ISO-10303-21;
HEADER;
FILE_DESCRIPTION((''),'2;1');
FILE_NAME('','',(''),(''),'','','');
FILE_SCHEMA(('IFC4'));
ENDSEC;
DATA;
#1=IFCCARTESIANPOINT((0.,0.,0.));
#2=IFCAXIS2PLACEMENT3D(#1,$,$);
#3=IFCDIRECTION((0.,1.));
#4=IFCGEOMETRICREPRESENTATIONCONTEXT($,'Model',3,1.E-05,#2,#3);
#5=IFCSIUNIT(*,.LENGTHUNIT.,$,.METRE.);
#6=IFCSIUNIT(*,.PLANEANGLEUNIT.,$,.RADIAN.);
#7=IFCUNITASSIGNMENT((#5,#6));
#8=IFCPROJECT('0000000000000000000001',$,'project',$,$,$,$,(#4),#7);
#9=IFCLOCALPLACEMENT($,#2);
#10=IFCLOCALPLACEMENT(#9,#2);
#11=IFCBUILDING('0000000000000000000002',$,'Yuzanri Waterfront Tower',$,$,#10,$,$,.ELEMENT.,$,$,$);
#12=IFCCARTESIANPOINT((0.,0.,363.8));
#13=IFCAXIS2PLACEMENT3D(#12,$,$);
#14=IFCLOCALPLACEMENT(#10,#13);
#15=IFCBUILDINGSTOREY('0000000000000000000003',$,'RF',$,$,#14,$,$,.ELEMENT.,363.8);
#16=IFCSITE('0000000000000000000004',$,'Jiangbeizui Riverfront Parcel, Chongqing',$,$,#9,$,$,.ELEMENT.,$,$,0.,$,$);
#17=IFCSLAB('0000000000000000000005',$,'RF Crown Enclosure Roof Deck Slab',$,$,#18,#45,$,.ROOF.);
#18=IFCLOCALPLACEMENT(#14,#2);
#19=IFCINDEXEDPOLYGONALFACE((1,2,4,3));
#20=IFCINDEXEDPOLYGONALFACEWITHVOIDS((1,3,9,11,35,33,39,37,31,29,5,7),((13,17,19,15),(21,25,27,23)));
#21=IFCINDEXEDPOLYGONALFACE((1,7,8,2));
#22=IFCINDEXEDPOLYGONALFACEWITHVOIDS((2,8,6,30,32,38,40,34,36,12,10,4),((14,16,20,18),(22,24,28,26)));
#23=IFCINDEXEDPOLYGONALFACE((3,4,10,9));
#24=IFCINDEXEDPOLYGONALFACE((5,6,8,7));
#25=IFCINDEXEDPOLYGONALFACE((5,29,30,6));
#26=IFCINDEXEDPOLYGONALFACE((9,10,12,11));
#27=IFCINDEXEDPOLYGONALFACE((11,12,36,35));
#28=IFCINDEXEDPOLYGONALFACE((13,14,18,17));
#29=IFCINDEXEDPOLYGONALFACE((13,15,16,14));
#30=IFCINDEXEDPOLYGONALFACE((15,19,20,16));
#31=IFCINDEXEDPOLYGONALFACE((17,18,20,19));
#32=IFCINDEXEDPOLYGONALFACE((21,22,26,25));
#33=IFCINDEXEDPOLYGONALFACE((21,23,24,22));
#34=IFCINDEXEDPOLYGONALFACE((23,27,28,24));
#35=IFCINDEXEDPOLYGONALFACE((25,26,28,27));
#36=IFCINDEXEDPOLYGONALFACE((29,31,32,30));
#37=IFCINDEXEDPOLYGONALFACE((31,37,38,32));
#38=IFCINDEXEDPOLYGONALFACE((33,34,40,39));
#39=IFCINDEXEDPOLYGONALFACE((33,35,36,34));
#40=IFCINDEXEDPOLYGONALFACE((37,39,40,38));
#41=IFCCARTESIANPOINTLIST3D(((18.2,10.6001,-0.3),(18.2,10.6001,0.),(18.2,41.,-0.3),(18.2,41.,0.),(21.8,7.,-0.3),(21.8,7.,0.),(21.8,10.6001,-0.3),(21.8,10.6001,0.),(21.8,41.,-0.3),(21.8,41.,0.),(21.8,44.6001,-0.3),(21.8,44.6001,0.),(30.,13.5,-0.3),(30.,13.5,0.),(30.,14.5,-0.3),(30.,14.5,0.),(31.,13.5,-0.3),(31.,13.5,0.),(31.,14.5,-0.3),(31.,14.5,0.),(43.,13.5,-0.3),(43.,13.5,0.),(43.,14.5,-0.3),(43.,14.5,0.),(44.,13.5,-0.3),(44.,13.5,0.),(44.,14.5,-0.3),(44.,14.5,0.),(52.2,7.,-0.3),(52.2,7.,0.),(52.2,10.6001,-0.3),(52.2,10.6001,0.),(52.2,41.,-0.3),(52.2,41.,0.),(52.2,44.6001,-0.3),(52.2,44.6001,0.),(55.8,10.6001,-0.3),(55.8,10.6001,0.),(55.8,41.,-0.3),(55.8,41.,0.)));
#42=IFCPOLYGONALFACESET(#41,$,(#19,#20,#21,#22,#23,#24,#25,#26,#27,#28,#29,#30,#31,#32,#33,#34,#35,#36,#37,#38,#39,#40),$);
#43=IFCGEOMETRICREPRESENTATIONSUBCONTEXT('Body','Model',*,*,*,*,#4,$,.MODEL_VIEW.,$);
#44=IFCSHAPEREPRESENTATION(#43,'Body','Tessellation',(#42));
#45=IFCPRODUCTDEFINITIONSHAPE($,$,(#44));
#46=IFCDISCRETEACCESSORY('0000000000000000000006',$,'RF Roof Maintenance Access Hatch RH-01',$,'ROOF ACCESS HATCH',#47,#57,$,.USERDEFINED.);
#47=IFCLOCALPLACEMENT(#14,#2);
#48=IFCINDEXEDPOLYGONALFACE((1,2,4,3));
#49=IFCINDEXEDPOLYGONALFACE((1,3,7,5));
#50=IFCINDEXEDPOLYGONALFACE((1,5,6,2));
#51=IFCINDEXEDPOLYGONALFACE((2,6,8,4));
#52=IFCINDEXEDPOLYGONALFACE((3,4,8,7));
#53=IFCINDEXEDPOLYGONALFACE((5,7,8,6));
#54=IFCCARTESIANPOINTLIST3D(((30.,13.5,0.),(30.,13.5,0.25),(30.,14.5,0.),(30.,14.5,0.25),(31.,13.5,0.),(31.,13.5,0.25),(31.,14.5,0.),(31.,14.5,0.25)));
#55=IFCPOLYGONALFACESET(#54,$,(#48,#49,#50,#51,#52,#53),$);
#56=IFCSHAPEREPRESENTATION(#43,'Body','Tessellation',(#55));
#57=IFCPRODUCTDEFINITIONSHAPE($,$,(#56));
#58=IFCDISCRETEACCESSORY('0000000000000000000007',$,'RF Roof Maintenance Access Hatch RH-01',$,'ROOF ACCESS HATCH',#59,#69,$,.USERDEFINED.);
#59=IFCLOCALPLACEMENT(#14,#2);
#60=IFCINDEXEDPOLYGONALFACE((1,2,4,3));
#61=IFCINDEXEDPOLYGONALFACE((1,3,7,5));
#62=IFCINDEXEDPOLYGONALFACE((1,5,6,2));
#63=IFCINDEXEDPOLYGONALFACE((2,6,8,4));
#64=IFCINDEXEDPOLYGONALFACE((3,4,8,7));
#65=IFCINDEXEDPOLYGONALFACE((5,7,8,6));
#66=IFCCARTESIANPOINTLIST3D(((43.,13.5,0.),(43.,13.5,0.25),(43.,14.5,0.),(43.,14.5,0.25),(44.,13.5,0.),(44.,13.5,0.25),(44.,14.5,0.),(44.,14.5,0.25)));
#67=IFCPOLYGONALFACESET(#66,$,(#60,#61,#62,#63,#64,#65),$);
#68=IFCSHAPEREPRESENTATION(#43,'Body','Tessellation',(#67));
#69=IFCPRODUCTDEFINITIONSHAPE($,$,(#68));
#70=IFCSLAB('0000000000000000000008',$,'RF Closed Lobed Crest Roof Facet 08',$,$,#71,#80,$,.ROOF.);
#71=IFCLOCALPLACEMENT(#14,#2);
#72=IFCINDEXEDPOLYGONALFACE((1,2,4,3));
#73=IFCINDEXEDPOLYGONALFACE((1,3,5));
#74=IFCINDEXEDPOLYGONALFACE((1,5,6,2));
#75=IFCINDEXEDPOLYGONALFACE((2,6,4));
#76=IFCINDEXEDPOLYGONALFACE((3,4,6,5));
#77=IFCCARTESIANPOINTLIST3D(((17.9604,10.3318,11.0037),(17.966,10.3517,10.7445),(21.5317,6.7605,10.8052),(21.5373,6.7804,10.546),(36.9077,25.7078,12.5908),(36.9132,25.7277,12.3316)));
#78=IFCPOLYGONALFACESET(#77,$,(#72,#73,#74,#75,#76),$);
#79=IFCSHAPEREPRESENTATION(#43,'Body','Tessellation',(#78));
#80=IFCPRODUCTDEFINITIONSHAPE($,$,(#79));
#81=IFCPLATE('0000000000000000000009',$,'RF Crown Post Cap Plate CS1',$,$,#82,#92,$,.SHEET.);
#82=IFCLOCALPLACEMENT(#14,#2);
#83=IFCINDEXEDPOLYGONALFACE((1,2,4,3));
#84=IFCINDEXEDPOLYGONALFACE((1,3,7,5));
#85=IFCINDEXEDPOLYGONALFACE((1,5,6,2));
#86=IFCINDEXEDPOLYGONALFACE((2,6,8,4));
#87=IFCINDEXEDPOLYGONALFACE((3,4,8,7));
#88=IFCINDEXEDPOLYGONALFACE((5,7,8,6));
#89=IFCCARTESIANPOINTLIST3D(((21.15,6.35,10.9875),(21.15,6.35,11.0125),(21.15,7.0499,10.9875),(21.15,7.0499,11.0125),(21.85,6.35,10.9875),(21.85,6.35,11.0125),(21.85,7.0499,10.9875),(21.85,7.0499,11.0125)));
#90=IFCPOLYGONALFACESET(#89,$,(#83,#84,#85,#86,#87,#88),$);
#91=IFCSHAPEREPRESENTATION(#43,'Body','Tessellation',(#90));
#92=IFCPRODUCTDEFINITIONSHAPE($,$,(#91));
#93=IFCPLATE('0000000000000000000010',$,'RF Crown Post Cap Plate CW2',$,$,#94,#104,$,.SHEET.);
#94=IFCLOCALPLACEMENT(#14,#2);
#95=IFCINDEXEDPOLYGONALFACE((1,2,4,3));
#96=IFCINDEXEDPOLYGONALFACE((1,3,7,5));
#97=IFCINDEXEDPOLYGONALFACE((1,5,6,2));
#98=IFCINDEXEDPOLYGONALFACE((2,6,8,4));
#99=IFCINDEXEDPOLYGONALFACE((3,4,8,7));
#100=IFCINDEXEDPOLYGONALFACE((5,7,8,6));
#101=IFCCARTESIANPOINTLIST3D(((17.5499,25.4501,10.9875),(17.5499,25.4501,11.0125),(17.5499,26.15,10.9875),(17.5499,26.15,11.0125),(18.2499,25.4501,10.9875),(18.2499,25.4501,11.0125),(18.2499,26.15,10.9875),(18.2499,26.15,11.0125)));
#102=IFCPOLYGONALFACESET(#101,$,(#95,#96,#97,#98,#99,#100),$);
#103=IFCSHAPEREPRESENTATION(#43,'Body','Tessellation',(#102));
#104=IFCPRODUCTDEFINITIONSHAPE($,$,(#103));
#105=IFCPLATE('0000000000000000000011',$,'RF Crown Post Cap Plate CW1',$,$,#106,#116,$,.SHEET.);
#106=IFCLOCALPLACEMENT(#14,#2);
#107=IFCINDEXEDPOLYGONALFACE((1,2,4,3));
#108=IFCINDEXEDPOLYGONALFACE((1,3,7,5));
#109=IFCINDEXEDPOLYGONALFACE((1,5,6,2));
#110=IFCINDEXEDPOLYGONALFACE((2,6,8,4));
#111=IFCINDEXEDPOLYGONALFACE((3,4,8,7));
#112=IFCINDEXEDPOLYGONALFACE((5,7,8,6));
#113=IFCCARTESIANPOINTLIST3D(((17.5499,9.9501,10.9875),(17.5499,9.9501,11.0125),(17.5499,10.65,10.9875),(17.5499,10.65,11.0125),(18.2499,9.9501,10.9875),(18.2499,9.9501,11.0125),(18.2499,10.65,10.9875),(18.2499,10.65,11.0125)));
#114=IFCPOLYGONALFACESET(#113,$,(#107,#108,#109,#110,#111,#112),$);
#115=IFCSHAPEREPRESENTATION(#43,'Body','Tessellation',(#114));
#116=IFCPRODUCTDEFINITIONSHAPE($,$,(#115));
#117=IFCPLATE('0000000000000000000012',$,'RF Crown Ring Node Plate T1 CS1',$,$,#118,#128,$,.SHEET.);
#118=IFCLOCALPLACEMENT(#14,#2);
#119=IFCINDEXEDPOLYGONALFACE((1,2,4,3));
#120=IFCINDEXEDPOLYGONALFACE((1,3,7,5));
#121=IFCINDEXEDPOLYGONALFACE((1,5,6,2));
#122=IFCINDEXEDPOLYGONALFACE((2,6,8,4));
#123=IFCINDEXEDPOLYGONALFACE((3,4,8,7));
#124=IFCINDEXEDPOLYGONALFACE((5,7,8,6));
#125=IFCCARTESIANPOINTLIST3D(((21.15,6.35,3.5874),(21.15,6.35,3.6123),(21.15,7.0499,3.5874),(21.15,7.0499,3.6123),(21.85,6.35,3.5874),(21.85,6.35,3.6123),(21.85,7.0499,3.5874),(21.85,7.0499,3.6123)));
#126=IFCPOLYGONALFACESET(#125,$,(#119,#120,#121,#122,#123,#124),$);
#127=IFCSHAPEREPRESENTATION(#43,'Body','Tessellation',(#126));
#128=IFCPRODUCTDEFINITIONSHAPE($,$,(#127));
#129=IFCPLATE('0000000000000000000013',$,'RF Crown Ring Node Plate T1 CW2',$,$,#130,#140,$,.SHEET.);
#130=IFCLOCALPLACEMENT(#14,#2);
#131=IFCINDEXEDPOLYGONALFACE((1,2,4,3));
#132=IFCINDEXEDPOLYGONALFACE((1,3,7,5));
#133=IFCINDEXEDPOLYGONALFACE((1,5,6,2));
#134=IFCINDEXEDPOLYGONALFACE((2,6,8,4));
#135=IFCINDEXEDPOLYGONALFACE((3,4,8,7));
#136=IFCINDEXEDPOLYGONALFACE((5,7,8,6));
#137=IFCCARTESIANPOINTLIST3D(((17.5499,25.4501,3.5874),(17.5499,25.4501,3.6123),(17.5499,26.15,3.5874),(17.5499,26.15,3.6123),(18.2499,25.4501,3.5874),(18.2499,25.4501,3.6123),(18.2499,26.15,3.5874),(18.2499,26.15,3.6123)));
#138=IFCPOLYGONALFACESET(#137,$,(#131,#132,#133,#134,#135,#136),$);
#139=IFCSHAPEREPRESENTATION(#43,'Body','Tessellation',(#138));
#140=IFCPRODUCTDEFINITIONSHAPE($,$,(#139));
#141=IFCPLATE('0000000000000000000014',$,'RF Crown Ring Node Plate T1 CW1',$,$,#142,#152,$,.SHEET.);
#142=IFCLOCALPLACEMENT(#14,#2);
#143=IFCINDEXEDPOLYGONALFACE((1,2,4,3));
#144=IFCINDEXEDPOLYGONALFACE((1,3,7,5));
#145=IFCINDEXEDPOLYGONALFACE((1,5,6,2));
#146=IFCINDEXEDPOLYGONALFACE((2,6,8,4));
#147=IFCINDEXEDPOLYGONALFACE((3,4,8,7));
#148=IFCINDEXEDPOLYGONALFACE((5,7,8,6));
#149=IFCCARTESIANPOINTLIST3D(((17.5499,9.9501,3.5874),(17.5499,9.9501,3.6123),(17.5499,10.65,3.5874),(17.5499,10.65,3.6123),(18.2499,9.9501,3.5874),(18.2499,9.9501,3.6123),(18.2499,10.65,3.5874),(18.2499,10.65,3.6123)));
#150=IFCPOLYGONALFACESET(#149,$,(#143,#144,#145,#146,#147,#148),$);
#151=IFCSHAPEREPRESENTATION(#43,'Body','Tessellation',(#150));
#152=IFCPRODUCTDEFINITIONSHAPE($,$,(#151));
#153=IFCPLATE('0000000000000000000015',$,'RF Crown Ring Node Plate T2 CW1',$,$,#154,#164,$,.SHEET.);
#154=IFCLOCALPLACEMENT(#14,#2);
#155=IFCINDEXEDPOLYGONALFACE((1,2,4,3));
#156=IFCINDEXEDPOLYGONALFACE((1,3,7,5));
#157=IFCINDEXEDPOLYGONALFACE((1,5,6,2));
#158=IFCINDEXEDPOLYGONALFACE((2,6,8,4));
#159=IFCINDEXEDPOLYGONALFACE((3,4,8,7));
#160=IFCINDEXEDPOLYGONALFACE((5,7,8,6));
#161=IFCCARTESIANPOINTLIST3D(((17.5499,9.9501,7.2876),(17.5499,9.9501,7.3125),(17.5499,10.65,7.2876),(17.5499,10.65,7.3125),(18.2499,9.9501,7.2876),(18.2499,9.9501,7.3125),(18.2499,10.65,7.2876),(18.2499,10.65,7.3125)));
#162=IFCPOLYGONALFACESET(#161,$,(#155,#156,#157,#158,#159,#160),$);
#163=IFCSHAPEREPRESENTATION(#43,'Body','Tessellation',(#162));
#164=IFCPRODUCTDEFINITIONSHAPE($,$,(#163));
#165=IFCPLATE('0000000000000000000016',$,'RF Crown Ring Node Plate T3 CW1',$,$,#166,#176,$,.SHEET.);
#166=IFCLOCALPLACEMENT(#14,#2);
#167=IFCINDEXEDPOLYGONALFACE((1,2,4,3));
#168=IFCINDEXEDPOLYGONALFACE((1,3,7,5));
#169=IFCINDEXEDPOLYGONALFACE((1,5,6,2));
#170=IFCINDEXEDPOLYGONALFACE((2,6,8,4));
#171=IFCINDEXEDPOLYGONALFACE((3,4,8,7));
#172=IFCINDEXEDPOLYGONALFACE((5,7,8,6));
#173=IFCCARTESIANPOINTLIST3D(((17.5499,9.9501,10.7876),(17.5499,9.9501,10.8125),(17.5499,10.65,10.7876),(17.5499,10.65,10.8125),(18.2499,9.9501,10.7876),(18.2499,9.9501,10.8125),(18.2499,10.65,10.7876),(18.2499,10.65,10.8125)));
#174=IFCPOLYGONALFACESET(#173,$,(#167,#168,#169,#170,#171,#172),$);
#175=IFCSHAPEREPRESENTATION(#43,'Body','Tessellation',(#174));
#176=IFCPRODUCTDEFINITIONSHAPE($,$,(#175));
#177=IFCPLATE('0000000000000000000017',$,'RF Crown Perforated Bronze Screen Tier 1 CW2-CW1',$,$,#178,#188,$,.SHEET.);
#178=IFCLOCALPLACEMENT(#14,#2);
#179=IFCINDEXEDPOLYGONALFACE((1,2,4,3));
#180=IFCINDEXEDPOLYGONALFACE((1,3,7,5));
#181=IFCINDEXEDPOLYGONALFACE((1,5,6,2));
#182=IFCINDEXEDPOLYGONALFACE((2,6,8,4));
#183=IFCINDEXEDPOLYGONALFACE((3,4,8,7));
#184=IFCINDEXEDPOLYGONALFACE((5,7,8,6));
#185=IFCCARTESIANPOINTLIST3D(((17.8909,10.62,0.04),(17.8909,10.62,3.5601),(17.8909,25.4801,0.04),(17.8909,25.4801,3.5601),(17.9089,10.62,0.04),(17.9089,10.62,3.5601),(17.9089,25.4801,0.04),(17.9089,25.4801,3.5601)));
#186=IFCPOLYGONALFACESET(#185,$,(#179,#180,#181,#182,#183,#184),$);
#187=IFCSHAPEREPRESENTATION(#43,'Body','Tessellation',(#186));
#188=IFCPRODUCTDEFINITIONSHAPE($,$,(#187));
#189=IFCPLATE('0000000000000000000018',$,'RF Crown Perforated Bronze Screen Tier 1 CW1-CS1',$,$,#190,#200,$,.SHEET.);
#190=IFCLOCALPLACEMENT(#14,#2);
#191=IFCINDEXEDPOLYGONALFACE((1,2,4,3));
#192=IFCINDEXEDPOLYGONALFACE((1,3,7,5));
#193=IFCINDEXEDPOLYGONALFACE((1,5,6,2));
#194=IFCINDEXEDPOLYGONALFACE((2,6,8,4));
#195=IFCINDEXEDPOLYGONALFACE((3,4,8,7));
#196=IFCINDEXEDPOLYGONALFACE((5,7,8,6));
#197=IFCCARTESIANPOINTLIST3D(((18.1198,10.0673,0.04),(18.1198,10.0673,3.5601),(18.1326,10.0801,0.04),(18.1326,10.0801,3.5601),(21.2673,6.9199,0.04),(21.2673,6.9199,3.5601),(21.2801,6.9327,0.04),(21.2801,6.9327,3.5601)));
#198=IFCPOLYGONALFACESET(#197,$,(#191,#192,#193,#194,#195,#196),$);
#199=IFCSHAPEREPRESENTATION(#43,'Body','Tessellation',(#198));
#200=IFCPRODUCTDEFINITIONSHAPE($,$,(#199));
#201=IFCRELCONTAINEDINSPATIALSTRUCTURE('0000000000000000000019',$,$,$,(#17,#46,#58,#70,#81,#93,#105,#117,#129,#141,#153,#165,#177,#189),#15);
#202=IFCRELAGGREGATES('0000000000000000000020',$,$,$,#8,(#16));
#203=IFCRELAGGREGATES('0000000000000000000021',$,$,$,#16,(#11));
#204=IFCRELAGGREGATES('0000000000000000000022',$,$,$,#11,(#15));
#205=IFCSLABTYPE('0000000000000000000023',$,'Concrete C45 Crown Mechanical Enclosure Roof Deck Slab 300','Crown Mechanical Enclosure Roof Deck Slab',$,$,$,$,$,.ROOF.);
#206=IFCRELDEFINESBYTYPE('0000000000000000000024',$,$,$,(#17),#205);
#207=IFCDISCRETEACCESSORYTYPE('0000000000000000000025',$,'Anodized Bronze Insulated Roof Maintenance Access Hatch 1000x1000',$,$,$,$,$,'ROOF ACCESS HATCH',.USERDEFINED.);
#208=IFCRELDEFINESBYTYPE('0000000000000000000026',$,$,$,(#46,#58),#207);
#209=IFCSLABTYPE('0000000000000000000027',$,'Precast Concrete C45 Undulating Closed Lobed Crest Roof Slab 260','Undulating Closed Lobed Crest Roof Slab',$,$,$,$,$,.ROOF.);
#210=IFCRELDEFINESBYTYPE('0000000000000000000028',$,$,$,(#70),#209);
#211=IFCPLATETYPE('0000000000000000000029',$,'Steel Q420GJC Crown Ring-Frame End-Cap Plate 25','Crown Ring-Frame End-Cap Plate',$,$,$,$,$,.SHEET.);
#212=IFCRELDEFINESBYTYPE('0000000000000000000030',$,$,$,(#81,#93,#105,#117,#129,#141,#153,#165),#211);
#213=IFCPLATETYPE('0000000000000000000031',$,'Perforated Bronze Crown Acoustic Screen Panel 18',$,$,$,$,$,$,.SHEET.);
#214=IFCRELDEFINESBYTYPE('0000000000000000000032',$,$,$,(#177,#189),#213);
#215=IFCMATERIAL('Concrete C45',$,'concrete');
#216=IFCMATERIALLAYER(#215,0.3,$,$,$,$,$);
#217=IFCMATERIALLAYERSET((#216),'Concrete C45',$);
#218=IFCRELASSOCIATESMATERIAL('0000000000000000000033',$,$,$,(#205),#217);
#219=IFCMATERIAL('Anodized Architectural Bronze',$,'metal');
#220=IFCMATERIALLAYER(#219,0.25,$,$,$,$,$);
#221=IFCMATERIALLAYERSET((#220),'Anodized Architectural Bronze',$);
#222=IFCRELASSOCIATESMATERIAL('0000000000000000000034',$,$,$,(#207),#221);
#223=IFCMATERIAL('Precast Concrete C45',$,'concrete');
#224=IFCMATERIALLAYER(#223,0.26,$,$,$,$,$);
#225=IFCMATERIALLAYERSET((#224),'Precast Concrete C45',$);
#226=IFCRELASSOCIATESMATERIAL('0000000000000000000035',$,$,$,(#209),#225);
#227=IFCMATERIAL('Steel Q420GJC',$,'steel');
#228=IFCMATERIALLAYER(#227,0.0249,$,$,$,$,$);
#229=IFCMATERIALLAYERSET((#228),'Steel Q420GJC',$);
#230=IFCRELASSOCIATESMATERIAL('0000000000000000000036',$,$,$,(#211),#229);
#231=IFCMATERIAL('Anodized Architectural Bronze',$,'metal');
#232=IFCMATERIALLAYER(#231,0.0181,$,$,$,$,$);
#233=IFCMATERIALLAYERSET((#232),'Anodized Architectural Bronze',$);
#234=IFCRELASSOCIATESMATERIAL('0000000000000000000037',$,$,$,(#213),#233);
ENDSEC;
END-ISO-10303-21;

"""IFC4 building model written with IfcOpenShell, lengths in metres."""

from ifc_helpers import new_model, si_unit, direction, frame, origin, origin_2d, place, context, subcontext, project, spatial, polyline, rectangle, outline, extrude, source, transform, mapped, material, layer, layer_set, type_object, element, fill, save


model = new_model("IFC4")

# Units and contexts
model_context = context("Model", 3, precision=1e-05, world=origin(), true_north=direction((0.0, 1.0)))
body_context = subcontext(model_context, "Body", "Model", "MODEL_VIEW")
ifc_project = project(units=[si_unit("LENGTHUNIT", "METRE"), si_unit("PLANEANGLEUNIT", "RADIAN")], contexts=[model_context])

# Site, building, storey
site_placement = place(None, origin())
site = spatial("IfcSite", under=ifc_project, at=site_placement, Name="Jiangbeizui Riverfront Parcel, Chongqing", CompositionType="ELEMENT", RefElevation=0.0)
building_placement = place(site_placement, origin())
building = spatial("IfcBuilding", under=site, at=building_placement, Name="Yuzanri Waterfront Tower", CompositionType="ELEMENT")
storey_placement = place(building_placement, frame((0.0, 0.0, 363.8)))
storey = spatial("IfcBuildingStorey", under=building, at=storey_placement, Name="RF", CompositionType="ELEMENT", Elevation=363.8)

# Slab, openings, discrete accessories
ifc_material_1 = material(Name="Concrete C45", Category="concrete")
ifc_layer_1 = layer(ifc_material_1, 0.3)
ifc_layer_set_1 = layer_set([ifc_layer_1], Name="Concrete C45")
slab_type_1 = type_object("IfcSlabType", Name="Concrete C45 Crown Mechanical Enclosure Roof Deck Slab 300", Description="Crown Mechanical Enclosure Roof Deck Slab", PredefinedType="ROOF", material=ifc_layer_set_1)
slab_1_placement = place(storey_placement, frame((0.0, 0.0, -0.3)))
slab_1 = element("IfcSlab", 1, at=slab_1_placement, inside=storey, type_object=slab_type_1, Name="RF Crown Enclosure Roof Deck Slab", PredefinedType="ROOF", context=body_context, shape_type="SweptSolid", body=[
    extrude(outline(polyline([(21.8, 7.0), (52.2, 7.0), (52.2, 10.6001), (55.8, 10.6001), (55.8, 41.0), (52.2, 41.0), (52.2, 44.6001), (21.8, 44.6001), (21.8, 41.0), (18.2, 41.0), (18.2, 10.6001), (21.8, 10.6001), (21.8, 7.0)])), origin(), (0.0, 0.0, 1.0), 0.3),
])
opening_1_placement = place(slab_1_placement, frame((30.5, 14.0, 0.0)))
opening_1 = element("IfcOpeningElement", 2, at=opening_1_placement, cuts=slab_1, PredefinedType="OPENING", context=body_context, shape_type="SweptSolid", body=[
    extrude(rectangle(XDim=1.0, YDim=1.0, at=origin_2d()), frame((0.0, 0.0, -0.0149)), (0.0, 0.0, 1.0), 0.3298),
])
opening_2_placement = place(slab_1_placement, frame((43.5, 14.0, 0.0)))
opening_2 = element("IfcOpeningElement", 3, at=opening_2_placement, cuts=slab_1, PredefinedType="OPENING", context=body_context, shape_type="SweptSolid", body=[
    extrude(rectangle(XDim=1.0, YDim=1.0, at=origin_2d()), frame((0.0, 0.0, -0.0149)), (0.0, 0.0, 1.0), 0.3298),
])
ifc_material_2 = material(Name="Anodized Architectural Bronze", Category="metal")
ifc_layer_2 = layer(ifc_material_2, 0.25)
ifc_layer_set_2 = layer_set([ifc_layer_2], Name="Anodized Architectural Bronze")
discrete_accessory_type = type_object("IfcDiscreteAccessoryType", Name="Anodized Bronze Insulated Roof Maintenance Access Hatch 1000x1000", ElementType="ROOF ACCESS HATCH", PredefinedType="USERDEFINED", material=ifc_layer_set_2)
discrete_accessory_1_placement = place(opening_1_placement, frame((0.0, 0.0, 0.3)))
discrete_accessory_1 = element("IfcDiscreteAccessory", 4, at=discrete_accessory_1_placement, inside=storey, type_object=discrete_accessory_type, Name="RF Roof Maintenance Access Hatch RH-01", ObjectType="ROOF ACCESS HATCH", PredefinedType="USERDEFINED", context=body_context, shape_type="SweptSolid", body=[
    extrude(rectangle(XDim=1.0, YDim=1.0, at=origin_2d()), origin(), (0.0, 0.0, 1.0), 0.25),
])
fill(opening_1, discrete_accessory_1)
discrete_accessory_2_placement = place(opening_2_placement, frame((0.0, 0.0, 0.3)))
discrete_accessory_2 = element("IfcDiscreteAccessory", 5, at=discrete_accessory_2_placement, inside=storey, type_object=discrete_accessory_type, Name="RF Roof Maintenance Access Hatch RH-01", ObjectType="ROOF ACCESS HATCH", PredefinedType="USERDEFINED", context=body_context, shape_type="SweptSolid", body=[
    extrude(rectangle(XDim=1.0, YDim=1.0, at=origin_2d()), origin(), (0.0, 0.0, 1.0), 0.25),
])
fill(opening_2, discrete_accessory_2)

# Slab
ifc_material_3 = material(Name="Precast Concrete C45", Category="concrete")
ifc_layer_3 = layer(ifc_material_3, 0.26)
ifc_layer_set_3 = layer_set([ifc_layer_3], Name="Precast Concrete C45")
slab_type_2 = type_object("IfcSlabType", Name="Precast Concrete C45 Undulating Closed Lobed Crest Roof Slab 260", Description="Undulating Closed Lobed Crest Roof Slab", PredefinedType="ROOF", material=ifc_layer_set_3)
slab_2_placement = place(storey_placement, frame((17.9604, 10.3318, 11.0037), z_axis=(-0.021276, -0.076678, 0.996829), x_axis=(0.706561, -0.706561, -0.03927)))
element("IfcSlab", 6, at=slab_2_placement, inside=storey, type_object=slab_type_2, Name="RF Closed Lobed Crest Roof Facet 08", PredefinedType="ROOF", context=body_context, shape_type="SweptSolid", body=[
    extrude(outline(polyline([(0.0, 0.0), (5.0545, 0.0), (2.461, 24.3286), (0.0, 0.0)])), origin(), (0.0, 0.0, -1.0), 0.26),
])

# Plates
ifc_material_4 = material(Name="Steel Q420GJC", Category="steel")
ifc_layer_4 = layer(ifc_material_4, 0.0249)
ifc_layer_set_4 = layer_set([ifc_layer_4], Name="Steel Q420GJC")
plate_type_1 = type_object("IfcPlateType", Name="Steel Q420GJC Crown Ring-Frame End-Cap Plate 25", Description="Crown Ring-Frame End-Cap Plate", PredefinedType="SHEET", material=ifc_layer_set_4)
shared_shape_1 = source(origin(), body_context, "Body", "SweptSolid", [
    extrude(rectangle(XDim=0.7, YDim=0.7, at=origin_2d()), origin(), (0.0, 0.0, 1.0), 0.0249),
])
for number, where, z_axis, x_axis, name in (
    (7, (21.5, 6.7, 10.9875), (0.0, 0.0, 1.0), (1.0, 0.0, 0.0), "RF Crown Post Cap Plate CS1"),
    (8, (17.8999, 25.8, 10.9875), (0.0, 0.0, 1.0), (1.0, 0.0, 0.0), "RF Crown Post Cap Plate CW2"),
    (9, (17.8999, 10.3, 10.9875), (0.0, 0.0, 1.0), (1.0, 0.0, 0.0), "RF Crown Post Cap Plate CW1"),
    (10, (21.5, 6.7, 3.5874), (0.0, 0.0, 1.0), (1.0, 0.0, 0.0), "RF Crown Ring Node Plate T1 CS1"),
    (11, (17.8999, 25.8, 3.5874), (0.0, 0.0, 1.0), (1.0, 0.0, 0.0), "RF Crown Ring Node Plate T1 CW2"),
    (12, (17.8999, 10.3, 3.5874), (0.0, 0.0, 1.0), (1.0, 0.0, 0.0), "RF Crown Ring Node Plate T1 CW1"),
    (13, (17.8999, 10.3, 7.2876), (0.0, 0.0, 1.0), (1.0, 0.0, 0.0), "RF Crown Ring Node Plate T2 CW1"),
    (14, (17.8999, 10.3, 10.7876), (0.0, 0.0, 1.0), (1.0, 0.0, 0.0), "RF Crown Ring Node Plate T3 CW1"),
):
    element("IfcPlate", number, at=place(storey_placement, frame(where, z_axis=z_axis, x_axis=x_axis)), inside=storey, type_object=plate_type_1, Name=name, PredefinedType="SHEET", context=body_context, shape_type="MappedRepresentation", body=[
        mapped(shared_shape_1, transform((0.0, 0.0, 0.0), scale=1.0)),
    ])
ifc_material_5 = material(Name="Anodized Architectural Bronze", Category="metal")
ifc_layer_5 = layer(ifc_material_5, 0.0181)
ifc_layer_set_5 = layer_set([ifc_layer_5], Name="Anodized Architectural Bronze")
plate_type_2 = type_object("IfcPlateType", Name="Perforated Bronze Crown Acoustic Screen Panel 18", PredefinedType="SHEET", material=ifc_layer_set_5)
shared_shape_2 = source(origin(), body_context, "Body", "SweptSolid", [
    extrude(rectangle(XDim=14.8601, YDim=0.0181, at=origin_2d()), origin(), (0.0, 0.0, 1.0), 3.52),
])
plate_1_placement = place(storey_placement, frame((17.8999, 18.05, 0.04), z_axis=(0.0, 0.0, 1.0), x_axis=(0.0, -1.0, 0.0)))
element("IfcPlate", 15, at=plate_1_placement, inside=storey, type_object=plate_type_2, Name="RF Crown Perforated Bronze Screen Tier 1 CW2-CW1", PredefinedType="SHEET", context=body_context, shape_type="MappedRepresentation", body=[
    mapped(shared_shape_2, transform((0.0, 0.0, 0.0), scale=1.0)),
])
shared_shape_3 = source(origin(), body_context, "Body", "SweptSolid", [
    extrude(rectangle(XDim=4.4512, YDim=0.0181, at=origin_2d()), origin(), (0.0, 0.0, 1.0), 3.52),
])
plate_2_placement = place(storey_placement, frame((19.7, 8.5, 0.04), z_axis=(0.0, 0.0, 1.0), x_axis=(0.707107, -0.707107, 0.0)))
element("IfcPlate", 16, at=plate_2_placement, inside=storey, type_object=plate_type_2, Name="RF Crown Perforated Bronze Screen Tier 1 CW1-CS1", PredefinedType="SHEET", context=body_context, shape_type="MappedRepresentation", body=[
    mapped(shared_shape_3, transform((0.0, 0.0, 0.0), scale=1.0)),
])

save(model, "model.ifc")
